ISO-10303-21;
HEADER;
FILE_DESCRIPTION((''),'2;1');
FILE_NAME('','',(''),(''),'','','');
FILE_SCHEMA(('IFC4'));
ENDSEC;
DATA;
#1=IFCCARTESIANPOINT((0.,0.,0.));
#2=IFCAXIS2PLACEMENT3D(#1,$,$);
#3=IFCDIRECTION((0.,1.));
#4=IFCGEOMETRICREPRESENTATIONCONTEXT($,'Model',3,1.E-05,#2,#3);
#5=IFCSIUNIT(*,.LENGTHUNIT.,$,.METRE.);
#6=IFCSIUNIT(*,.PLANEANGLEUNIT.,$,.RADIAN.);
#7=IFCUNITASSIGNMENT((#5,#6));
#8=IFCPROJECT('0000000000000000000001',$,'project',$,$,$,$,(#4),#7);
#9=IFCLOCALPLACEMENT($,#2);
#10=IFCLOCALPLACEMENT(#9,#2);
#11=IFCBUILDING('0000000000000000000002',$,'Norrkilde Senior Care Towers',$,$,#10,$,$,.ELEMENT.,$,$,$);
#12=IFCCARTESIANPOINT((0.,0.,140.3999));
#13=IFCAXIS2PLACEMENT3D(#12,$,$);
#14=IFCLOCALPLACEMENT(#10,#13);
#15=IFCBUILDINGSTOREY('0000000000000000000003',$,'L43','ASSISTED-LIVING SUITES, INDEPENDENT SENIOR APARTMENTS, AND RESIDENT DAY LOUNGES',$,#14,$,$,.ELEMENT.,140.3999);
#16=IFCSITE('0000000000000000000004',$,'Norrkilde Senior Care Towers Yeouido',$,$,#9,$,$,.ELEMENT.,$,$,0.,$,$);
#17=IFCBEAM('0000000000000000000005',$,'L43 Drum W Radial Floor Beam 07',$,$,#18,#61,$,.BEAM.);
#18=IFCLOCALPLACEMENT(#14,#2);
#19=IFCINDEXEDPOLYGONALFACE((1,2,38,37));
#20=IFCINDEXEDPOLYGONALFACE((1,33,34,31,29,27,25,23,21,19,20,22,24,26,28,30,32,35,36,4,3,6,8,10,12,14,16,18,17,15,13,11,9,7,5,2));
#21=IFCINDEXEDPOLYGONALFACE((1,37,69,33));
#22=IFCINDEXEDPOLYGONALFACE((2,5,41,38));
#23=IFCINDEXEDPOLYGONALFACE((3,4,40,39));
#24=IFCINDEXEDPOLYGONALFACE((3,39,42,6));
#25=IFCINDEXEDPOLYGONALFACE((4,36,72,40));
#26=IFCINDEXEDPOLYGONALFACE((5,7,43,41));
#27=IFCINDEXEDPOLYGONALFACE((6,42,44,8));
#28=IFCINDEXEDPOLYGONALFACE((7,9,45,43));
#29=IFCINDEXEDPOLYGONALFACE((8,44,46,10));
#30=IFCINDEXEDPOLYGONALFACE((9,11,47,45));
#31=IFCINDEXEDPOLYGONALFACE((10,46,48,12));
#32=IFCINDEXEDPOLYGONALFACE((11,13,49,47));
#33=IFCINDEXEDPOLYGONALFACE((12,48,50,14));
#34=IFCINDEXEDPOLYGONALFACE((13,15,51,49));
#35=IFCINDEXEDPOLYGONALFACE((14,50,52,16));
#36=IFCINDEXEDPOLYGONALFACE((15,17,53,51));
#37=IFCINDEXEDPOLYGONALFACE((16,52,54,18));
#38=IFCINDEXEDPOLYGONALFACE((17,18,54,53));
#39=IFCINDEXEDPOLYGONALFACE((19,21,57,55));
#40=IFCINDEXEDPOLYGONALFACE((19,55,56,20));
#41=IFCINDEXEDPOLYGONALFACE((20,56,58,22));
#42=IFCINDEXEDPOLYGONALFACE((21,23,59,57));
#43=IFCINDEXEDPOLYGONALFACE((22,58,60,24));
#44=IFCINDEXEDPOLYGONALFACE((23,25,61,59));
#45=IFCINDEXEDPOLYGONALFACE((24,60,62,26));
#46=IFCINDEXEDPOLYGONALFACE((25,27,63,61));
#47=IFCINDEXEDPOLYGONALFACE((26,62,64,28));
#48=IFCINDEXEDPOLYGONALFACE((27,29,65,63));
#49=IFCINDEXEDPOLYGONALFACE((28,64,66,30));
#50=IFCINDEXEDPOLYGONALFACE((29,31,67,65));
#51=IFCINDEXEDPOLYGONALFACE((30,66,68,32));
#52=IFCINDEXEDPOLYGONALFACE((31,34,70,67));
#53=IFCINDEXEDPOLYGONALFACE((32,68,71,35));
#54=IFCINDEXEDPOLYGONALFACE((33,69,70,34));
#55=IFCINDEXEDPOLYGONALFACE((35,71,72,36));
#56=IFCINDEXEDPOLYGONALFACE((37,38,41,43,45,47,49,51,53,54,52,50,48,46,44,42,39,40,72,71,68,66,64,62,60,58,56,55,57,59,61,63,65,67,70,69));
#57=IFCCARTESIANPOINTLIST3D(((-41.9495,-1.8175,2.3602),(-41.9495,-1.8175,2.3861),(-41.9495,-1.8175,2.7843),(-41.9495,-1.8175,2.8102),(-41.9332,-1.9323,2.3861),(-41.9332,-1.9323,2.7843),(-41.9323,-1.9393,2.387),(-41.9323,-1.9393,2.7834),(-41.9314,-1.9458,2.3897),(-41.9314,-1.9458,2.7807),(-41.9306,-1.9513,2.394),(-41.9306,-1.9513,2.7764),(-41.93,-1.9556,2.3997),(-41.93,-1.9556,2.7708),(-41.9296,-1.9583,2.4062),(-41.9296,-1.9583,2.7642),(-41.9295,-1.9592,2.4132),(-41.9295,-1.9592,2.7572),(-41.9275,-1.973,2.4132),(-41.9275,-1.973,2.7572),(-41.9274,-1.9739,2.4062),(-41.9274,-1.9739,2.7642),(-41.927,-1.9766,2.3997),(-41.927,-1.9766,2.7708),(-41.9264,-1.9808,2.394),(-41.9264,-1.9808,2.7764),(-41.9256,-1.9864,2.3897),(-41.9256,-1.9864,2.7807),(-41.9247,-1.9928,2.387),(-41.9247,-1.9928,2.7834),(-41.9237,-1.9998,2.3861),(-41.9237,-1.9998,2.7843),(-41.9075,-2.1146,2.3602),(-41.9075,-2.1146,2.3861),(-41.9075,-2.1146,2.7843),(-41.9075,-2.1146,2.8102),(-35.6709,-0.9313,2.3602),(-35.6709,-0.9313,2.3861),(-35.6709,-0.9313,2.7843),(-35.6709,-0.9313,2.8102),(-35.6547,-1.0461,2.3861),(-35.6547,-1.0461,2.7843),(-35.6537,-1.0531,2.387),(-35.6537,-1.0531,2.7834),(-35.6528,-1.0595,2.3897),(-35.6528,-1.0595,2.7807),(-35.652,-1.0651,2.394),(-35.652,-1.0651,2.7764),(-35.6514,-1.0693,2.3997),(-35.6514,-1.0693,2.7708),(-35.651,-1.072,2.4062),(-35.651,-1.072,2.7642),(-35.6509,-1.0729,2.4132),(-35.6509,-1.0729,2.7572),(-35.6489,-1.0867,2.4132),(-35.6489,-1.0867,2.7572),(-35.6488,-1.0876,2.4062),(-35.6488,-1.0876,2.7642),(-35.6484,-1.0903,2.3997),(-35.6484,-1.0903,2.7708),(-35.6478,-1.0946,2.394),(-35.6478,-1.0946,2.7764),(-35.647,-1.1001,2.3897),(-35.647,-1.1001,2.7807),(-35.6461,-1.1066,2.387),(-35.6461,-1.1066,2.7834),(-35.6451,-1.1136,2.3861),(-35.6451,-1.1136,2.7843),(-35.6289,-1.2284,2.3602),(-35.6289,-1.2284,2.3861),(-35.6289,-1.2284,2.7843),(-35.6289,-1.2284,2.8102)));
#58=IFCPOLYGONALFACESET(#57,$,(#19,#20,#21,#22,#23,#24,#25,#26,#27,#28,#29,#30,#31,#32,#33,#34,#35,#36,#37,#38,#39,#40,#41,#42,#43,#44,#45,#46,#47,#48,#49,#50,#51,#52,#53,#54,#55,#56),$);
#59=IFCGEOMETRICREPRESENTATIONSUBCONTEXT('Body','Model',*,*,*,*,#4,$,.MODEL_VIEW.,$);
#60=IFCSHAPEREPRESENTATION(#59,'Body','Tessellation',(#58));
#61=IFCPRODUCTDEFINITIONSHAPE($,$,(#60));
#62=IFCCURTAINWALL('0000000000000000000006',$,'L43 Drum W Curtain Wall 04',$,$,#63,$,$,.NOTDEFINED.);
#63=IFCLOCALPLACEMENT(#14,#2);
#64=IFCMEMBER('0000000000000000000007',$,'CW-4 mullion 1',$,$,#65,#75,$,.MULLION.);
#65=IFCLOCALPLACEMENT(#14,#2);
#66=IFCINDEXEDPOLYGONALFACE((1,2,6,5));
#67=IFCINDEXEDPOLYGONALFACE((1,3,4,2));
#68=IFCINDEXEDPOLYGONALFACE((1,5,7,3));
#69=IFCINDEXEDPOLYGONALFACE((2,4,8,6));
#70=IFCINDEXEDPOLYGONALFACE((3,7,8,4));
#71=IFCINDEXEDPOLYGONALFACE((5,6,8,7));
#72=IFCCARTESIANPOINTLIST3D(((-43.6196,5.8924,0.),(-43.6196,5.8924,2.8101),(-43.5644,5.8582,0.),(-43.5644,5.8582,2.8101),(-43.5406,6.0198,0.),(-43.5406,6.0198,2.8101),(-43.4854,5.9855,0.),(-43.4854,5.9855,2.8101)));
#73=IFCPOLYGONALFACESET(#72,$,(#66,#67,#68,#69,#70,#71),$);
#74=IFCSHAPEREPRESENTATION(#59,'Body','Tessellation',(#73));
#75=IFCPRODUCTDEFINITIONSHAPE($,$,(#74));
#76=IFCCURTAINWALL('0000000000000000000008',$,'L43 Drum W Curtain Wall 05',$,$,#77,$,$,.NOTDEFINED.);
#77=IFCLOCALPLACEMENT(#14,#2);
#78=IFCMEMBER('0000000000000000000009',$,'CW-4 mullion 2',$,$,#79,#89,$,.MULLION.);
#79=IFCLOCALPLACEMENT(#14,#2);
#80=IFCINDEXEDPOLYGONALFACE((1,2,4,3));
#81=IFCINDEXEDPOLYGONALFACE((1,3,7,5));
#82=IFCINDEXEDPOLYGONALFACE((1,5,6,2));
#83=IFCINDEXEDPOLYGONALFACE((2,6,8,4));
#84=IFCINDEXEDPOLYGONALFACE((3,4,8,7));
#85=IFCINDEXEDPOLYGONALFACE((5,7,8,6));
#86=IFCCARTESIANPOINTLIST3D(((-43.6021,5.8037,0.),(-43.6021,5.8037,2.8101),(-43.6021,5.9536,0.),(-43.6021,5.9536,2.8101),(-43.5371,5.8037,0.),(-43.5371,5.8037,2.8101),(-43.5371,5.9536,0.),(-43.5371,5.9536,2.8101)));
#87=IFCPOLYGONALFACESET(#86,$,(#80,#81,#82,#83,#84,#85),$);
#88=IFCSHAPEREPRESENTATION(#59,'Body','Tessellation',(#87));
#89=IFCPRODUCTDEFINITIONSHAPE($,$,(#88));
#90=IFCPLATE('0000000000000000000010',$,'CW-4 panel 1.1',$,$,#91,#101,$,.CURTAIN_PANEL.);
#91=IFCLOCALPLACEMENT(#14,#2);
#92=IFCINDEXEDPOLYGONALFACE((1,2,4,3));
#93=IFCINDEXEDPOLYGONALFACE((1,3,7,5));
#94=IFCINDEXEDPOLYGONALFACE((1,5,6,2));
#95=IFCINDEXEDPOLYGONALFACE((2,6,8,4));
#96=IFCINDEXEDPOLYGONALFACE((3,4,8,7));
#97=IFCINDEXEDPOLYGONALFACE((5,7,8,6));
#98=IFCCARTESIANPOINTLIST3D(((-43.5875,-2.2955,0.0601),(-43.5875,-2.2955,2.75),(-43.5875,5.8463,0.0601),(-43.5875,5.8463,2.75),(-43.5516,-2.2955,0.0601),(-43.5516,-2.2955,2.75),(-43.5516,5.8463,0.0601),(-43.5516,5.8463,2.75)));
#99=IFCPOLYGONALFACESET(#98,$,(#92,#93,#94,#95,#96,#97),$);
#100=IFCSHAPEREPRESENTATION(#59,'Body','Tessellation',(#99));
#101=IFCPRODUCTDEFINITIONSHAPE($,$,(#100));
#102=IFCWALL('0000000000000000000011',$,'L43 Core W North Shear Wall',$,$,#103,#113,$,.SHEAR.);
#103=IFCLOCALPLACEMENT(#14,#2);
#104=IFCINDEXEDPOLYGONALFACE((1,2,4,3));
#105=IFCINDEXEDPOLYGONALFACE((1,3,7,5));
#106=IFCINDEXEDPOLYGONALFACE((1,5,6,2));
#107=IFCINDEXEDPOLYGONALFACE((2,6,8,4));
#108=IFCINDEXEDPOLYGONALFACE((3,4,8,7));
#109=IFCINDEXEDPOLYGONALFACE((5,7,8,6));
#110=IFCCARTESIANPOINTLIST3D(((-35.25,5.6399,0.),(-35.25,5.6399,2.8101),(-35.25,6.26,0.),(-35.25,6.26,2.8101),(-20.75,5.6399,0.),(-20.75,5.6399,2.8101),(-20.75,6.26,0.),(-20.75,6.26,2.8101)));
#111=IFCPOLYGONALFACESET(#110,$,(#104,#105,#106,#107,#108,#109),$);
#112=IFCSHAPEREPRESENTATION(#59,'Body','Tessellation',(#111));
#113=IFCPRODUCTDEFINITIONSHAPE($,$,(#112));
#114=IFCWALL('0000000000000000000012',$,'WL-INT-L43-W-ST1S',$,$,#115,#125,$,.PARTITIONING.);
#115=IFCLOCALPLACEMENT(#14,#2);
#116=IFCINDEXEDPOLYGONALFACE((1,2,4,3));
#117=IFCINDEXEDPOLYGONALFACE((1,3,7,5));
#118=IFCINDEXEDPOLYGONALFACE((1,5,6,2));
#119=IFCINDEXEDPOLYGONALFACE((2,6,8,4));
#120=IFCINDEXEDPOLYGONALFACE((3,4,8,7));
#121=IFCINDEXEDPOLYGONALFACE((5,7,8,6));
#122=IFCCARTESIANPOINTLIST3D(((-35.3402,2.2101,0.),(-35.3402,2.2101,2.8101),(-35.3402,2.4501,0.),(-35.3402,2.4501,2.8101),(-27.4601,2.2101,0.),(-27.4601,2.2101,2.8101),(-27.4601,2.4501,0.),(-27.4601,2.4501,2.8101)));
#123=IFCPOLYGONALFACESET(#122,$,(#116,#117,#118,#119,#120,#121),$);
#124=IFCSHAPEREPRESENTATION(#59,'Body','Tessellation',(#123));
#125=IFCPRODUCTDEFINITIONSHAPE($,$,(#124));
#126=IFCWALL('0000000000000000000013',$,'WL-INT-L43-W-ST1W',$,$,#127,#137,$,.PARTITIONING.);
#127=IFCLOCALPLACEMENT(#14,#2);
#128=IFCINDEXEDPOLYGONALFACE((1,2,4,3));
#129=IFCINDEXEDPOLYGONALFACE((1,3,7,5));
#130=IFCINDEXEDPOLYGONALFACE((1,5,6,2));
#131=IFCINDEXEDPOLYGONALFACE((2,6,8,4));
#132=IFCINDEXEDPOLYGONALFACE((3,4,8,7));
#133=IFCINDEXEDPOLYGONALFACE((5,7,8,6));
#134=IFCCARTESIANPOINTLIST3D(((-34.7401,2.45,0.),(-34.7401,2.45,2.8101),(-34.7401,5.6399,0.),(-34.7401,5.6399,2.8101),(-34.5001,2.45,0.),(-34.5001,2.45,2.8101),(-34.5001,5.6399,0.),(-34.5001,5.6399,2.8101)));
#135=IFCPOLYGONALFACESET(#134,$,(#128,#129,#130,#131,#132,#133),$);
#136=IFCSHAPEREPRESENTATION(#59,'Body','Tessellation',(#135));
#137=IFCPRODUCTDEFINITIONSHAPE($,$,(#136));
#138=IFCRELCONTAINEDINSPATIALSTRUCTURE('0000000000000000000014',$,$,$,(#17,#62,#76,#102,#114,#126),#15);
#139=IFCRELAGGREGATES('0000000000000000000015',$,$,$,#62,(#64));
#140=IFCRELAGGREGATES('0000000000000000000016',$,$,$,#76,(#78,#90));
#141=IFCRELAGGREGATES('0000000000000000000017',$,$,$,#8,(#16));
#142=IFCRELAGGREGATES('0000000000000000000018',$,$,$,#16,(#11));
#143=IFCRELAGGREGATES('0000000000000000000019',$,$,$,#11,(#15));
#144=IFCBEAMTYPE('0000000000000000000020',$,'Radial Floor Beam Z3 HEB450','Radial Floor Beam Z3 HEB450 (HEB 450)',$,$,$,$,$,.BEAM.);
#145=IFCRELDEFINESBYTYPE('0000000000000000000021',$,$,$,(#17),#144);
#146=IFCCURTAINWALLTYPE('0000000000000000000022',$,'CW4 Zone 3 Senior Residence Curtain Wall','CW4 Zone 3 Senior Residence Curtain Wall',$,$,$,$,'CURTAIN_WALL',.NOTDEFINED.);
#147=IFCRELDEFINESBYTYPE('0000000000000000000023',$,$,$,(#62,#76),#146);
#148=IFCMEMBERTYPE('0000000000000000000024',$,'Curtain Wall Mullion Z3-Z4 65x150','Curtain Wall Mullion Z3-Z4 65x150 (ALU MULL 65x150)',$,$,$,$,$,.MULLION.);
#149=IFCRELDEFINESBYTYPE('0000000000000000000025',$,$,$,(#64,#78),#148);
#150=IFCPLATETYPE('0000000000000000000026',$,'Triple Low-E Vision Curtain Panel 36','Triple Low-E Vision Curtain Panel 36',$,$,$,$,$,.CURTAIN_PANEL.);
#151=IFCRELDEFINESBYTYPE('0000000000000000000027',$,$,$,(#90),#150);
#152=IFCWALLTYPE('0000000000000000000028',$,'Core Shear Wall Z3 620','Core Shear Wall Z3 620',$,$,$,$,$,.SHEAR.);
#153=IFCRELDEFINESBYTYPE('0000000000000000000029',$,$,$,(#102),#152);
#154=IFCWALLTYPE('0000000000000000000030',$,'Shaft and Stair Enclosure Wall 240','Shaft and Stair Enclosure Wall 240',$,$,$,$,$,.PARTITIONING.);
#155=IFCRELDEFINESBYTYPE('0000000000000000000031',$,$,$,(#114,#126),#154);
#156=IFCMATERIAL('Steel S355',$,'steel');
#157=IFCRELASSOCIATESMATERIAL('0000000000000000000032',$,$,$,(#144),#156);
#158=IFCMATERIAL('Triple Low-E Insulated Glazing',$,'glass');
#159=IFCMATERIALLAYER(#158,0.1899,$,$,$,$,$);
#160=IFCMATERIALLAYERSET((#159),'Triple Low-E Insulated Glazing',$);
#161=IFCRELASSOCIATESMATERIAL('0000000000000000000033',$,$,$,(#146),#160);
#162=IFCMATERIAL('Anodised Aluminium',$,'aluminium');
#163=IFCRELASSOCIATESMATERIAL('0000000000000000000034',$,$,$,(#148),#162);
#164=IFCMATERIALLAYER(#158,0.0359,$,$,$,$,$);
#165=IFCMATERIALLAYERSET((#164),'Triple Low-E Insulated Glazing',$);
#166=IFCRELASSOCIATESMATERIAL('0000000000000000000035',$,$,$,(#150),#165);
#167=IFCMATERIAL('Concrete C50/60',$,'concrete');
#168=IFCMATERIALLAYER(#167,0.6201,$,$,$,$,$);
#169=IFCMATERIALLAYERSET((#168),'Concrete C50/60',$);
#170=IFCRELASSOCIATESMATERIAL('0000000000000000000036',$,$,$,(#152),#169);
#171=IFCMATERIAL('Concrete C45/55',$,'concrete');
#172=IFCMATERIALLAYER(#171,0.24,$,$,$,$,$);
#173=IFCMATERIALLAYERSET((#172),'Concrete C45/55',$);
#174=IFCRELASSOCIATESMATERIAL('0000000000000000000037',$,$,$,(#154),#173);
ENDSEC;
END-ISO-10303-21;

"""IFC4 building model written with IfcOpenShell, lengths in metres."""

from ifc_helpers import new_model, si_unit, direction, frame, frame_2d, origin, origin_2d, place, context, subcontext, project, spatial, rectangle, i_section, extrude, source, transform, mapped, material, layer, layer_set, material_profile, profile_set, type_object, type_shapes, element, aggregate, save


model = new_model("IFC4")

# Units and contexts
model_context = context("Model", 3, precision=1e-05, world=origin(), true_north=direction((0.0, 1.0)))
body_context = subcontext(model_context, "Body", "Model", "MODEL_VIEW")
ifc_project = project(units=[si_unit("LENGTHUNIT", "METRE"), si_unit("PLANEANGLEUNIT", "RADIAN")], contexts=[model_context])

# Site, building, storey
site_placement = place(None, origin())
site = spatial("IfcSite", under=ifc_project, at=site_placement, Name="Norrkilde Senior Care Towers Yeouido", CompositionType="ELEMENT", RefElevation=0.0)
building_placement = place(site_placement, origin())
building = spatial("IfcBuilding", under=site, at=building_placement, Name="Norrkilde Senior Care Towers", CompositionType="ELEMENT")
storey_placement = place(building_placement, frame((0.0, 0.0, 140.3999)))
storey = spatial("IfcBuildingStorey", under=building, at=storey_placement, Name="L43", Description="ASSISTED-LIVING SUITES, INDEPENDENT SENIOR APARTMENTS, AND RESIDENT DAY LOUNGES", CompositionType="ELEMENT", Elevation=140.3999)

# Shared definitions
ifc_material_1 = material(Name="Concrete C50/60", Category="concrete")

# Beam
ifc_material_2 = material(Name="Steel S355", Category="steel")
ifc_material_profile_1 = material_profile(ifc_material_2, i_section(OverallWidth=0.3, OverallDepth=0.45, WebThickness=0.0139, FlangeThickness=0.0259, FilletRadius=0.0271, at=origin_2d()), Name="HEB 450")
ifc_profile_set_1 = profile_set([ifc_material_profile_1], Name="Steel S355")
beam_type_1 = type_object("IfcBeamType", Name="Radial Floor Beam Z3 HEB450", Description="Radial Floor Beam Z3 HEB450 (HEB 450)", PredefinedType="BEAM", material=ifc_profile_set_1)
shared_shape_1 = source(origin(), body_context, "Body", "SweptSolid", [
    extrude(i_section(OverallWidth=0.3, OverallDepth=0.45, WebThickness=0.0139, FlangeThickness=0.0259, FilletRadius=0.0271, at=origin_2d()), origin(), (0.0, 0.0, 1.0), 6.3408),
])
beam_1_placement = place(storey_placement, frame((-35.6499, -1.0798, 2.5852), z_axis=(-0.990185, -0.139766, 0.0), x_axis=(0.139766, -0.990185, 0.0)))
element("IfcBeam", 1, at=beam_1_placement, inside=storey, type_object=beam_type_1, Name="L43 Drum W Radial Floor Beam 07", PredefinedType="BEAM", context=body_context, shape_type="MappedRepresentation", body=[
    mapped(shared_shape_1, transform((0.0, 0.0, 0.0), x_axis=(1.0, 0.0, 0.0), y_axis=(0.0, 1.0, 0.0), z_axis=(0.0, 0.0, 1.0), scale=1.0)),
])

# Curtain wall, member
ifc_material_3 = material(Name="Triple Low-E Insulated Glazing", Category="glass")
ifc_layer_1 = layer(ifc_material_3, 0.1899)
ifc_layer_set_1 = layer_set([ifc_layer_1], Name="Triple Low-E Insulated Glazing")
curtain_wall_type = type_object("IfcCurtainWallType", Name="CW4 Zone 3 Senior Residence Curtain Wall", Description="CW4 Zone 3 Senior Residence Curtain Wall", ElementType="CURTAIN_WALL", PredefinedType="NOTDEFINED", material=ifc_layer_set_1)
curtain_wall_1_placement = place(storey_placement, origin())
curtain_wall_1 = element("IfcCurtainWall", 2, at=curtain_wall_1_placement, inside=storey, type_object=curtain_wall_type, Name="L43 Drum W Curtain Wall 04", PredefinedType="NOTDEFINED")
ifc_material_4 = material(Name="Anodised Aluminium", Category="aluminium")
ifc_material_profile_2 = material_profile(ifc_material_4, rectangle(XDim=0.0649, YDim=0.1499, at=origin_2d()), Name="ALU MULL 65x150")
ifc_profile_set_2 = profile_set([ifc_material_profile_2], Name="Anodised Aluminium")
member_type = type_object("IfcMemberType", Name="Curtain Wall Mullion Z3-Z4 65x150", Description="Curtain Wall Mullion Z3-Z4 65x150 (ALU MULL 65x150)", PredefinedType="MULLION", material=ifc_profile_set_2)
shared_shape_2 = source(origin(), body_context, "Body", "SweptSolid", [
    extrude(rectangle(XDim=0.0649, YDim=0.1499, at=origin_2d()), origin(), (0.0, 0.0, 1.0), 2.8101),
])
type_shapes(member_type, [shared_shape_2])
member_1_placement = place(storey_placement, frame((-43.5525, 5.939, 0.0), z_axis=(0.0, 0.0, 1.0), x_axis=(-0.849634, 0.527373, 0.0)))
member_1 = element("IfcMember", 3, at=member_1_placement, type_object=member_type, Name="CW-4 mullion 1", PredefinedType="MULLION", context=body_context, shape_type="MappedRepresentation", body=[
    mapped(shared_shape_2, transform((0.0, 0.0, 0.0), x_axis=(1.0, 0.0, 0.0), y_axis=(0.0, 1.0, 0.0), z_axis=(0.0, 0.0, 1.0), scale=1.0)),
])
aggregate(curtain_wall_1, [member_1])

# Curtain wall, member, plate
curtain_wall_2_placement = place(storey_placement, origin())
curtain_wall_2 = element("IfcCurtainWall", 4, at=curtain_wall_2_placement, inside=storey, type_object=curtain_wall_type, Name="L43 Drum W Curtain Wall 05", PredefinedType="NOTDEFINED")
member_2_placement = place(storey_placement, frame((-43.5696, 5.8787, 0.0), z_axis=(0.0, 0.0, 1.0), x_axis=(-1.0, 0.0, 0.0)))
member_2 = element("IfcMember", 5, at=member_2_placement, type_object=member_type, Name="CW-4 mullion 2", PredefinedType="MULLION", context=body_context, shape_type="MappedRepresentation", body=[
    mapped(shared_shape_2, transform((0.0, 0.0, 0.0), x_axis=(1.0, 0.0, 0.0), y_axis=(0.0, 1.0, 0.0), z_axis=(0.0, 0.0, 1.0), scale=1.0)),
])
ifc_layer_2 = layer(ifc_material_3, 0.0359)
ifc_layer_set_2 = layer_set([ifc_layer_2], Name="Triple Low-E Insulated Glazing")
plate_type = type_object("IfcPlateType", Name="Triple Low-E Vision Curtain Panel 36", Description="Triple Low-E Vision Curtain Panel 36", PredefinedType="CURTAIN_PANEL", material=ifc_layer_set_2)
shared_shape_3 = source(origin(), body_context, "Body", "SweptSolid", [
    extrude(rectangle(XDim=8.1418, YDim=0.0359, at=origin_2d()), origin(), (0.0, 0.0, 1.0), 2.6899),
])
type_shapes(plate_type, [shared_shape_3])
plate_placement = place(storey_placement, frame((-43.5696, 1.7754, 0.0601), z_axis=(0.0, 0.0, 1.0), x_axis=(0.0, 1.0, 0.0)))
plate = element("IfcPlate", 6, at=plate_placement, type_object=plate_type, Name="CW-4 panel 1.1", PredefinedType="CURTAIN_PANEL", context=body_context, shape_type="MappedRepresentation", body=[
    mapped(shared_shape_3, transform((0.0, 0.0, 0.0), x_axis=(1.0, 0.0, 0.0), y_axis=(0.0, 1.0, 0.0), z_axis=(0.0, 0.0, 1.0), scale=1.0)),
])
aggregate(curtain_wall_2, [member_2, plate])

# Walls
ifc_layer_3 = layer(ifc_material_1, 0.6201)
ifc_layer_set_3 = layer_set([ifc_layer_3], Name="Concrete C50/60")
wall_type_1 = type_object("IfcWallType", Name="Core Shear Wall Z3 620", Description="Core Shear Wall Z3 620", PredefinedType="SHEAR", material=ifc_layer_set_3)
shared_shape_4 = source(origin(), body_context, "Body", "SweptSolid", [
    extrude(rectangle(XDim=14.5, YDim=0.6201, at=frame_2d((7.25, 0.0))), origin(), (0.0, 0.0, 1.0), 2.8101),
])
type_shapes(wall_type_1, [shared_shape_4])
wall_1_placement = place(storey_placement, frame((-35.25, 5.95, 0.0), z_axis=(0.0, 0.0, 1.0), x_axis=(1.0, 0.0, 0.0)))
element("IfcWall", 7, at=wall_1_placement, inside=storey, type_object=wall_type_1, Name="L43 Core W North Shear Wall", PredefinedType="SHEAR", context=body_context, shape_type="MappedRepresentation", body=[
    mapped(shared_shape_4, transform((0.0, 0.0, 0.0), x_axis=(1.0, 0.0, 0.0), y_axis=(0.0, 1.0, 0.0), z_axis=(0.0, 0.0, 1.0), scale=1.0)),
])
ifc_material_5 = material(Name="Concrete C45/55", Category="concrete")
ifc_layer_4 = layer(ifc_material_5, 0.24)
ifc_layer_set_4 = layer_set([ifc_layer_4], Name="Concrete C45/55")
wall_type_2 = type_object("IfcWallType", Name="Shaft and Stair Enclosure Wall 240", Description="Shaft and Stair Enclosure Wall 240", PredefinedType="PARTITIONING", material=ifc_layer_set_4)
shared_shape_5 = source(origin(), body_context, "Body", "SweptSolid", [
    extrude(rectangle(XDim=7.8801, YDim=0.24, at=frame_2d((3.9399, 0.0))), origin(), (0.0, 0.0, 1.0), 2.8101),
])
wall_2_placement = place(storey_placement, frame((-35.3401, 2.3301, 0.0), z_axis=(0.0, 0.0, 1.0), x_axis=(1.0, 0.0, 0.0)))
element("IfcWall", 8, at=wall_2_placement, inside=storey, type_object=wall_type_2, Name="WL-INT-L43-W-ST1S", PredefinedType="PARTITIONING", context=body_context, shape_type="MappedRepresentation", body=[
    mapped(shared_shape_5, transform((0.0, 0.0, 0.0), x_axis=(1.0, 0.0, 0.0), y_axis=(0.0, 1.0, 0.0), z_axis=(0.0, 0.0, 1.0), scale=1.0)),
])
shared_shape_6 = source(origin(), body_context, "Body", "SweptSolid", [
    extrude(rectangle(XDim=3.1899, YDim=0.24, at=frame_2d((1.595, 0.0))), origin(), (0.0, 0.0, 1.0), 2.8101),
])
type_shapes(wall_type_2, [shared_shape_5, shared_shape_6])
wall_3_placement = place(storey_placement, frame((-34.6201, 2.45, 0.0), z_axis=(0.0, 0.0, 1.0), x_axis=(0.0, 1.0, 0.0)))
element("IfcWall", 9, at=wall_3_placement, inside=storey, type_object=wall_type_2, Name="WL-INT-L43-W-ST1W", PredefinedType="PARTITIONING", context=body_context, shape_type="MappedRepresentation", body=[
    mapped(shared_shape_6, transform((0.0, 0.0, 0.0), x_axis=(1.0, 0.0, 0.0), y_axis=(0.0, 1.0, 0.0), z_axis=(0.0, 0.0, 1.0), scale=1.0)),
])

save(model, "model.ifc")
